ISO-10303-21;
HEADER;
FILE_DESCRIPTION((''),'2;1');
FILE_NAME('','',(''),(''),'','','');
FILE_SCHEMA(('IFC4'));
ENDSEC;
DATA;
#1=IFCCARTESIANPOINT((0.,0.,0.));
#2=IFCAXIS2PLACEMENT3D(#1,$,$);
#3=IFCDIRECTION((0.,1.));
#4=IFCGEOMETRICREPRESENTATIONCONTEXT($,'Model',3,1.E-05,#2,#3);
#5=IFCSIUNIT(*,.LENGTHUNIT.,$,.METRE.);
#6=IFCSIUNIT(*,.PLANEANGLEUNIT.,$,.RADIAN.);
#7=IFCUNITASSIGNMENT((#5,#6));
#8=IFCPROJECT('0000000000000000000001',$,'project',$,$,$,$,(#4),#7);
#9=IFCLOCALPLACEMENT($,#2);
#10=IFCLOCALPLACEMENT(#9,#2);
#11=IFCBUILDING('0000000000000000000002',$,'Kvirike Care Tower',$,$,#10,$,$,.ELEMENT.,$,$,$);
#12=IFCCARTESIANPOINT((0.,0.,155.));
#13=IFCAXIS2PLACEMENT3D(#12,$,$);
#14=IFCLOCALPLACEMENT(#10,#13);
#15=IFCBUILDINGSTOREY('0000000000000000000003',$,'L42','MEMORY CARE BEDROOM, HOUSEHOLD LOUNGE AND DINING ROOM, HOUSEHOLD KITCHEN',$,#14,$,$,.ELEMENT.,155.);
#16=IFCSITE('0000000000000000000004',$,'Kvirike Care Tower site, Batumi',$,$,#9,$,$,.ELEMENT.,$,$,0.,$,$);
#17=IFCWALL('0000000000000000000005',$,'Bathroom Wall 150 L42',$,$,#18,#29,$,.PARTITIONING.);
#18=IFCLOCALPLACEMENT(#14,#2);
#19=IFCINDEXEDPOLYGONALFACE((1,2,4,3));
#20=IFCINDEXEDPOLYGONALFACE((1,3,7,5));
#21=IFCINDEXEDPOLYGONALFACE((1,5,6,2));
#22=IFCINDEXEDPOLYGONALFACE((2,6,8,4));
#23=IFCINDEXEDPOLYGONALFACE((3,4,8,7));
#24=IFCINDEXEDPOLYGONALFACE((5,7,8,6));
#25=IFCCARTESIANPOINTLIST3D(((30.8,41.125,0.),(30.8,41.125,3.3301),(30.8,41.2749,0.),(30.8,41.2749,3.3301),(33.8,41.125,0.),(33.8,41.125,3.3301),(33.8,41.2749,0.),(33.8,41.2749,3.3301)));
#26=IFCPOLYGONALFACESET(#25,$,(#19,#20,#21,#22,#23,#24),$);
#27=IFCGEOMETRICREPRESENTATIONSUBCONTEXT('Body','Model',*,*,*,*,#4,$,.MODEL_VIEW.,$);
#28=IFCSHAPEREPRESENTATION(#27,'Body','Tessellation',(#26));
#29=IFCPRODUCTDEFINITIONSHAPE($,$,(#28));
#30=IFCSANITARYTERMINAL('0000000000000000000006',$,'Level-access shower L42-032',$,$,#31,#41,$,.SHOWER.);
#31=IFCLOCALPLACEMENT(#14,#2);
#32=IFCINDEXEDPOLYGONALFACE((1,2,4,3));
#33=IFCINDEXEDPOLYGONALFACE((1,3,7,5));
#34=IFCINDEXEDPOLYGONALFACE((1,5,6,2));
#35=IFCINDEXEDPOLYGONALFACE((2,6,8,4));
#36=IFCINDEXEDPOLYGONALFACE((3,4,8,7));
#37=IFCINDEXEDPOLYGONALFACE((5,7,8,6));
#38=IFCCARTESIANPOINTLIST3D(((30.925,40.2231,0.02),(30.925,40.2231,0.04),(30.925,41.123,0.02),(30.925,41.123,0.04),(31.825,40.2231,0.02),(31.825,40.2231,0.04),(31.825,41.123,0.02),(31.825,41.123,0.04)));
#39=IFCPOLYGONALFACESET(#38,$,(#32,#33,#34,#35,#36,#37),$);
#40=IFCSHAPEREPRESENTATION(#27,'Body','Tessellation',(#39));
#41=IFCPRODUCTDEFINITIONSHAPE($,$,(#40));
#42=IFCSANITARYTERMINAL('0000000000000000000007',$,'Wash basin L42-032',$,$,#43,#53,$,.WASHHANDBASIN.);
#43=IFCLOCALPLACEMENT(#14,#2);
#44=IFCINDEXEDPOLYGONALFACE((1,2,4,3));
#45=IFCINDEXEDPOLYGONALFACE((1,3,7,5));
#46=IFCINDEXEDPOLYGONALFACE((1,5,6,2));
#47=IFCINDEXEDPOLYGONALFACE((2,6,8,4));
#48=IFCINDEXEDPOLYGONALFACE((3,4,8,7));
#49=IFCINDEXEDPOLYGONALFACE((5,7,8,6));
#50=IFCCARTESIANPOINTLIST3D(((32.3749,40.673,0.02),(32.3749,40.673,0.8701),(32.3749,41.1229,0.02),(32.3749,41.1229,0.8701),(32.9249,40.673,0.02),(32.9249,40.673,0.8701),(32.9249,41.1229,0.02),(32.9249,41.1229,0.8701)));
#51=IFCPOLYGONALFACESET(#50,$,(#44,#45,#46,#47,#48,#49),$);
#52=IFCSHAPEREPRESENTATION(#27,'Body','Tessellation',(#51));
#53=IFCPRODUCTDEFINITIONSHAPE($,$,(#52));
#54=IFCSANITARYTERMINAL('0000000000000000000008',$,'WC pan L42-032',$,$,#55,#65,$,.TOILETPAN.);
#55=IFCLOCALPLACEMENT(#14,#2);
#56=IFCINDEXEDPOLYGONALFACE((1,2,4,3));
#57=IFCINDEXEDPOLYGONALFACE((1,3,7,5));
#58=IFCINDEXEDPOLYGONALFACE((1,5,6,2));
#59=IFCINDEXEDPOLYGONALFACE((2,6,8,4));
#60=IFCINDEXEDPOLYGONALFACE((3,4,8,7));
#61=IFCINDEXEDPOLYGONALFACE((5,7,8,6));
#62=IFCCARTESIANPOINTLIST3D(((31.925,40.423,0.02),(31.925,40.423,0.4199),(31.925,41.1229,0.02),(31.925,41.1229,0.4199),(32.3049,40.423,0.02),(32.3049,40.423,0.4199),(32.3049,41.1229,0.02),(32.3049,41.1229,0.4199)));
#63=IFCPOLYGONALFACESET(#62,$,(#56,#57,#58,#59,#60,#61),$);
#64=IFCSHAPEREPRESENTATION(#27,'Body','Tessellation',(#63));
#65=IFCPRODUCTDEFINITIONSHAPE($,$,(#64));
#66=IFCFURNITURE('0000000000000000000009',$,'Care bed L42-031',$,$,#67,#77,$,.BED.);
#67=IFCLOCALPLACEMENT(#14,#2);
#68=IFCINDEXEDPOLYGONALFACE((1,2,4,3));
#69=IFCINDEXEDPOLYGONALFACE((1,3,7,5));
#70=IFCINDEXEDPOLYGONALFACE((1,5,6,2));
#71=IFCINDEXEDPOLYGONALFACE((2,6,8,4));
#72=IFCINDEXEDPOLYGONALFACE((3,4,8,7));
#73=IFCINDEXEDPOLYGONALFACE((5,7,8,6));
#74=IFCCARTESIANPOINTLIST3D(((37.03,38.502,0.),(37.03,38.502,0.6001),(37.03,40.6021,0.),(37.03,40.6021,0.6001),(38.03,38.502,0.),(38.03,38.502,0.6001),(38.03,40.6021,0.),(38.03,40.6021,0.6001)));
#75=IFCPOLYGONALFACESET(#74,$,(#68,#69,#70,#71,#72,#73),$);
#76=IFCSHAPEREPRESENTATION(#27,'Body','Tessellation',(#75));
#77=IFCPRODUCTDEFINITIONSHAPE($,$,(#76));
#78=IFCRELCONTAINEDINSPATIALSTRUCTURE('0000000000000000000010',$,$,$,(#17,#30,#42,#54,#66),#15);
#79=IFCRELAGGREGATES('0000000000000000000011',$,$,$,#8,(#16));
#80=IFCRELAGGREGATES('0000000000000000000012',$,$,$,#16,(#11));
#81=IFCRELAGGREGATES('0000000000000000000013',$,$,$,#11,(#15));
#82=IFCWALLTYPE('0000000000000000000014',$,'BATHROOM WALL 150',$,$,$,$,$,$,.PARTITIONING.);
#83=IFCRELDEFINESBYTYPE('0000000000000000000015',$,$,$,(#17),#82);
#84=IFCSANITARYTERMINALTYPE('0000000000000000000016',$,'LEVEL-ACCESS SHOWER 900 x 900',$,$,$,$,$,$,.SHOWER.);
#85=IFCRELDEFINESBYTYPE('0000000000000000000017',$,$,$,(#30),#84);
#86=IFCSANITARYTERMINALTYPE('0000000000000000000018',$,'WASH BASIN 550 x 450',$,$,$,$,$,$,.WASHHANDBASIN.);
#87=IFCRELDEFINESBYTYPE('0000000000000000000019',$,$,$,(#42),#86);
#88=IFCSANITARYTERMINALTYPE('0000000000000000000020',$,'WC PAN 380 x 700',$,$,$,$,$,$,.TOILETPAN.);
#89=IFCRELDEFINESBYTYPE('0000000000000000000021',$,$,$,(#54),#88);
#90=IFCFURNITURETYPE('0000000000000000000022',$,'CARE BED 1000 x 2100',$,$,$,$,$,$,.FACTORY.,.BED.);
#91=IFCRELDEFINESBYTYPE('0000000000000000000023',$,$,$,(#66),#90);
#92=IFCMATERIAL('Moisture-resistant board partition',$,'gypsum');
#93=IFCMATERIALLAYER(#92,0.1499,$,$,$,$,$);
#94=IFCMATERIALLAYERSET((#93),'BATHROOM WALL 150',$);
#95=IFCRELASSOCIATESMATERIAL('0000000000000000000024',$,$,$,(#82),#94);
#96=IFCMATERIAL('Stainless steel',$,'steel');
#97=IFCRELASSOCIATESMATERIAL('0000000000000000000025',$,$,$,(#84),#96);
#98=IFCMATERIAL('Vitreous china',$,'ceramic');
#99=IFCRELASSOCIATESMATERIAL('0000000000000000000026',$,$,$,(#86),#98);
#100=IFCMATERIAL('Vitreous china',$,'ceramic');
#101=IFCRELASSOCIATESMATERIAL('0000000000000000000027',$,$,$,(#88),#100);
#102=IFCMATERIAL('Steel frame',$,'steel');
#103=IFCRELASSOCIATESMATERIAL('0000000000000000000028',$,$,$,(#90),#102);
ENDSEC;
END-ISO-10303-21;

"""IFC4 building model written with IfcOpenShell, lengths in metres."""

from ifc_helpers import new_model, si_unit, direction, frame, frame_2d, origin, origin_2d, place, context, subcontext, project, spatial, rectangle, extrude, material, layer, layer_set, type_object, element, save


model = new_model("IFC4")

# Units and contexts
model_context = context("Model", 3, precision=1e-05, world=origin(), true_north=direction((0.0, 1.0)))
body_context = subcontext(model_context, "Body", "Model", "MODEL_VIEW")
ifc_project = project(units=[si_unit("LENGTHUNIT", "METRE"), si_unit("PLANEANGLEUNIT", "RADIAN")], contexts=[model_context])

# Site, building, storey
site_placement = place(None, origin())
site = spatial("IfcSite", under=ifc_project, at=site_placement, Name="Kvirike Care Tower site, Batumi", CompositionType="ELEMENT", RefElevation=0.0)
building_placement = place(site_placement, origin())
building = spatial("IfcBuilding", under=site, at=building_placement, Name="Kvirike Care Tower", CompositionType="ELEMENT")
storey_placement = place(building_placement, frame((0.0, 0.0, 155.0)))
storey = spatial("IfcBuildingStorey", under=building, at=storey_placement, Name="L42", Description="MEMORY CARE BEDROOM, HOUSEHOLD LOUNGE AND DINING ROOM, HOUSEHOLD KITCHEN", CompositionType="ELEMENT", Elevation=155.0)

# Wall
ifc_material_1 = material(Name="Moisture-resistant board partition", Category="gypsum")
ifc_layer_1 = layer(ifc_material_1, 0.1499)
ifc_layer_set_1 = layer_set([ifc_layer_1], Name="BATHROOM WALL 150")
wall_type = type_object("IfcWallType", Name="BATHROOM WALL 150", PredefinedType="PARTITIONING", material=ifc_layer_set_1)
wall_placement = place(storey_placement, frame((33.8, 41.2, 0.0), z_axis=(0.0, 0.0, 1.0), x_axis=(-1.0, 0.0, 0.0)))
element("IfcWall", 1, at=wall_placement, inside=storey, type_object=wall_type, Name="Bathroom Wall 150 L42", PredefinedType="PARTITIONING", context=body_context, shape_type="SweptSolid", body=[
    extrude(rectangle(XDim=3.0, YDim=0.1499, at=frame_2d((1.5, 0.0))), origin(), (0.0, 0.0, 1.0), 3.3301),
])

# Sanitary terminals
ifc_material_2 = material(Name="Stainless steel", Category="steel")
sanitary_terminal_type_1 = type_object("IfcSanitaryTerminalType", Name="LEVEL-ACCESS SHOWER 900 x 900", PredefinedType="SHOWER", material=ifc_material_2)
sanitary_terminal_1_placement = place(storey_placement, frame((31.375, 40.6731, 0.02), z_axis=(0.0, 0.0, 1.0), x_axis=(1.0, 0.0, 0.0)))
element("IfcSanitaryTerminal", 2, at=sanitary_terminal_1_placement, inside=storey, type_object=sanitary_terminal_type_1, Name="Level-access shower L42-032", PredefinedType="SHOWER", context=body_context, shape_type="SweptSolid", body=[
    extrude(rectangle(XDim=0.8999, YDim=0.8999, at=origin_2d()), origin(), (0.0, 0.0, 1.0), 0.02),
])
ifc_material_3 = material(Name="Vitreous china", Category="ceramic")
sanitary_terminal_type_2 = type_object("IfcSanitaryTerminalType", Name="WASH BASIN 550 x 450", PredefinedType="WASHHANDBASIN", material=ifc_material_3)
sanitary_terminal_2_placement = place(storey_placement, frame((32.6499, 40.8979, 0.02), z_axis=(0.0, 0.0, 1.0), x_axis=(1.0, 0.0, 0.0)))
element("IfcSanitaryTerminal", 3, at=sanitary_terminal_2_placement, inside=storey, type_object=sanitary_terminal_type_2, Name="Wash basin L42-032", PredefinedType="WASHHANDBASIN", context=body_context, shape_type="SweptSolid", body=[
    extrude(rectangle(XDim=0.55, YDim=0.45, at=origin_2d()), origin(), (0.0, 0.0, 1.0), 0.8501),
])
ifc_material_4 = material(Name="Vitreous china", Category="ceramic")
sanitary_terminal_type_3 = type_object("IfcSanitaryTerminalType", Name="WC PAN 380 x 700", PredefinedType="TOILETPAN", material=ifc_material_4)
sanitary_terminal_3_placement = place(storey_placement, frame((32.115, 40.7729, 0.02), z_axis=(0.0, 0.0, 1.0), x_axis=(1.0, 0.0, 0.0)))
element("IfcSanitaryTerminal", 4, at=sanitary_terminal_3_placement, inside=storey, type_object=sanitary_terminal_type_3, Name="WC pan L42-032", PredefinedType="TOILETPAN", context=body_context, shape_type="SweptSolid", body=[
    extrude(rectangle(XDim=0.3799, YDim=0.7, at=origin_2d()), origin(), (0.0, 0.0, 1.0), 0.3999),
])

# Furniture
ifc_material_5 = material(Name="Steel frame", Category="steel")
furniture_type = type_object("IfcFurnitureType", Name="CARE BED 1000 x 2100", AssemblyPlace="FACTORY", PredefinedType="BED", material=ifc_material_5)
furniture_placement = place(storey_placement, frame((37.53, 39.552, 0.0), z_axis=(0.0, 0.0, 1.0), x_axis=(-1.0, 0.0, 0.0)))
element("IfcFurniture", 5, at=furniture_placement, inside=storey, type_object=furniture_type, Name="Care bed L42-031", PredefinedType="BED", context=body_context, shape_type="SweptSolid", body=[
    extrude(rectangle(XDim=1.0, YDim=2.1001, at=origin_2d()), origin(), (0.0, 0.0, 1.0), 0.6001),
])

save(model, "model.ifc")
